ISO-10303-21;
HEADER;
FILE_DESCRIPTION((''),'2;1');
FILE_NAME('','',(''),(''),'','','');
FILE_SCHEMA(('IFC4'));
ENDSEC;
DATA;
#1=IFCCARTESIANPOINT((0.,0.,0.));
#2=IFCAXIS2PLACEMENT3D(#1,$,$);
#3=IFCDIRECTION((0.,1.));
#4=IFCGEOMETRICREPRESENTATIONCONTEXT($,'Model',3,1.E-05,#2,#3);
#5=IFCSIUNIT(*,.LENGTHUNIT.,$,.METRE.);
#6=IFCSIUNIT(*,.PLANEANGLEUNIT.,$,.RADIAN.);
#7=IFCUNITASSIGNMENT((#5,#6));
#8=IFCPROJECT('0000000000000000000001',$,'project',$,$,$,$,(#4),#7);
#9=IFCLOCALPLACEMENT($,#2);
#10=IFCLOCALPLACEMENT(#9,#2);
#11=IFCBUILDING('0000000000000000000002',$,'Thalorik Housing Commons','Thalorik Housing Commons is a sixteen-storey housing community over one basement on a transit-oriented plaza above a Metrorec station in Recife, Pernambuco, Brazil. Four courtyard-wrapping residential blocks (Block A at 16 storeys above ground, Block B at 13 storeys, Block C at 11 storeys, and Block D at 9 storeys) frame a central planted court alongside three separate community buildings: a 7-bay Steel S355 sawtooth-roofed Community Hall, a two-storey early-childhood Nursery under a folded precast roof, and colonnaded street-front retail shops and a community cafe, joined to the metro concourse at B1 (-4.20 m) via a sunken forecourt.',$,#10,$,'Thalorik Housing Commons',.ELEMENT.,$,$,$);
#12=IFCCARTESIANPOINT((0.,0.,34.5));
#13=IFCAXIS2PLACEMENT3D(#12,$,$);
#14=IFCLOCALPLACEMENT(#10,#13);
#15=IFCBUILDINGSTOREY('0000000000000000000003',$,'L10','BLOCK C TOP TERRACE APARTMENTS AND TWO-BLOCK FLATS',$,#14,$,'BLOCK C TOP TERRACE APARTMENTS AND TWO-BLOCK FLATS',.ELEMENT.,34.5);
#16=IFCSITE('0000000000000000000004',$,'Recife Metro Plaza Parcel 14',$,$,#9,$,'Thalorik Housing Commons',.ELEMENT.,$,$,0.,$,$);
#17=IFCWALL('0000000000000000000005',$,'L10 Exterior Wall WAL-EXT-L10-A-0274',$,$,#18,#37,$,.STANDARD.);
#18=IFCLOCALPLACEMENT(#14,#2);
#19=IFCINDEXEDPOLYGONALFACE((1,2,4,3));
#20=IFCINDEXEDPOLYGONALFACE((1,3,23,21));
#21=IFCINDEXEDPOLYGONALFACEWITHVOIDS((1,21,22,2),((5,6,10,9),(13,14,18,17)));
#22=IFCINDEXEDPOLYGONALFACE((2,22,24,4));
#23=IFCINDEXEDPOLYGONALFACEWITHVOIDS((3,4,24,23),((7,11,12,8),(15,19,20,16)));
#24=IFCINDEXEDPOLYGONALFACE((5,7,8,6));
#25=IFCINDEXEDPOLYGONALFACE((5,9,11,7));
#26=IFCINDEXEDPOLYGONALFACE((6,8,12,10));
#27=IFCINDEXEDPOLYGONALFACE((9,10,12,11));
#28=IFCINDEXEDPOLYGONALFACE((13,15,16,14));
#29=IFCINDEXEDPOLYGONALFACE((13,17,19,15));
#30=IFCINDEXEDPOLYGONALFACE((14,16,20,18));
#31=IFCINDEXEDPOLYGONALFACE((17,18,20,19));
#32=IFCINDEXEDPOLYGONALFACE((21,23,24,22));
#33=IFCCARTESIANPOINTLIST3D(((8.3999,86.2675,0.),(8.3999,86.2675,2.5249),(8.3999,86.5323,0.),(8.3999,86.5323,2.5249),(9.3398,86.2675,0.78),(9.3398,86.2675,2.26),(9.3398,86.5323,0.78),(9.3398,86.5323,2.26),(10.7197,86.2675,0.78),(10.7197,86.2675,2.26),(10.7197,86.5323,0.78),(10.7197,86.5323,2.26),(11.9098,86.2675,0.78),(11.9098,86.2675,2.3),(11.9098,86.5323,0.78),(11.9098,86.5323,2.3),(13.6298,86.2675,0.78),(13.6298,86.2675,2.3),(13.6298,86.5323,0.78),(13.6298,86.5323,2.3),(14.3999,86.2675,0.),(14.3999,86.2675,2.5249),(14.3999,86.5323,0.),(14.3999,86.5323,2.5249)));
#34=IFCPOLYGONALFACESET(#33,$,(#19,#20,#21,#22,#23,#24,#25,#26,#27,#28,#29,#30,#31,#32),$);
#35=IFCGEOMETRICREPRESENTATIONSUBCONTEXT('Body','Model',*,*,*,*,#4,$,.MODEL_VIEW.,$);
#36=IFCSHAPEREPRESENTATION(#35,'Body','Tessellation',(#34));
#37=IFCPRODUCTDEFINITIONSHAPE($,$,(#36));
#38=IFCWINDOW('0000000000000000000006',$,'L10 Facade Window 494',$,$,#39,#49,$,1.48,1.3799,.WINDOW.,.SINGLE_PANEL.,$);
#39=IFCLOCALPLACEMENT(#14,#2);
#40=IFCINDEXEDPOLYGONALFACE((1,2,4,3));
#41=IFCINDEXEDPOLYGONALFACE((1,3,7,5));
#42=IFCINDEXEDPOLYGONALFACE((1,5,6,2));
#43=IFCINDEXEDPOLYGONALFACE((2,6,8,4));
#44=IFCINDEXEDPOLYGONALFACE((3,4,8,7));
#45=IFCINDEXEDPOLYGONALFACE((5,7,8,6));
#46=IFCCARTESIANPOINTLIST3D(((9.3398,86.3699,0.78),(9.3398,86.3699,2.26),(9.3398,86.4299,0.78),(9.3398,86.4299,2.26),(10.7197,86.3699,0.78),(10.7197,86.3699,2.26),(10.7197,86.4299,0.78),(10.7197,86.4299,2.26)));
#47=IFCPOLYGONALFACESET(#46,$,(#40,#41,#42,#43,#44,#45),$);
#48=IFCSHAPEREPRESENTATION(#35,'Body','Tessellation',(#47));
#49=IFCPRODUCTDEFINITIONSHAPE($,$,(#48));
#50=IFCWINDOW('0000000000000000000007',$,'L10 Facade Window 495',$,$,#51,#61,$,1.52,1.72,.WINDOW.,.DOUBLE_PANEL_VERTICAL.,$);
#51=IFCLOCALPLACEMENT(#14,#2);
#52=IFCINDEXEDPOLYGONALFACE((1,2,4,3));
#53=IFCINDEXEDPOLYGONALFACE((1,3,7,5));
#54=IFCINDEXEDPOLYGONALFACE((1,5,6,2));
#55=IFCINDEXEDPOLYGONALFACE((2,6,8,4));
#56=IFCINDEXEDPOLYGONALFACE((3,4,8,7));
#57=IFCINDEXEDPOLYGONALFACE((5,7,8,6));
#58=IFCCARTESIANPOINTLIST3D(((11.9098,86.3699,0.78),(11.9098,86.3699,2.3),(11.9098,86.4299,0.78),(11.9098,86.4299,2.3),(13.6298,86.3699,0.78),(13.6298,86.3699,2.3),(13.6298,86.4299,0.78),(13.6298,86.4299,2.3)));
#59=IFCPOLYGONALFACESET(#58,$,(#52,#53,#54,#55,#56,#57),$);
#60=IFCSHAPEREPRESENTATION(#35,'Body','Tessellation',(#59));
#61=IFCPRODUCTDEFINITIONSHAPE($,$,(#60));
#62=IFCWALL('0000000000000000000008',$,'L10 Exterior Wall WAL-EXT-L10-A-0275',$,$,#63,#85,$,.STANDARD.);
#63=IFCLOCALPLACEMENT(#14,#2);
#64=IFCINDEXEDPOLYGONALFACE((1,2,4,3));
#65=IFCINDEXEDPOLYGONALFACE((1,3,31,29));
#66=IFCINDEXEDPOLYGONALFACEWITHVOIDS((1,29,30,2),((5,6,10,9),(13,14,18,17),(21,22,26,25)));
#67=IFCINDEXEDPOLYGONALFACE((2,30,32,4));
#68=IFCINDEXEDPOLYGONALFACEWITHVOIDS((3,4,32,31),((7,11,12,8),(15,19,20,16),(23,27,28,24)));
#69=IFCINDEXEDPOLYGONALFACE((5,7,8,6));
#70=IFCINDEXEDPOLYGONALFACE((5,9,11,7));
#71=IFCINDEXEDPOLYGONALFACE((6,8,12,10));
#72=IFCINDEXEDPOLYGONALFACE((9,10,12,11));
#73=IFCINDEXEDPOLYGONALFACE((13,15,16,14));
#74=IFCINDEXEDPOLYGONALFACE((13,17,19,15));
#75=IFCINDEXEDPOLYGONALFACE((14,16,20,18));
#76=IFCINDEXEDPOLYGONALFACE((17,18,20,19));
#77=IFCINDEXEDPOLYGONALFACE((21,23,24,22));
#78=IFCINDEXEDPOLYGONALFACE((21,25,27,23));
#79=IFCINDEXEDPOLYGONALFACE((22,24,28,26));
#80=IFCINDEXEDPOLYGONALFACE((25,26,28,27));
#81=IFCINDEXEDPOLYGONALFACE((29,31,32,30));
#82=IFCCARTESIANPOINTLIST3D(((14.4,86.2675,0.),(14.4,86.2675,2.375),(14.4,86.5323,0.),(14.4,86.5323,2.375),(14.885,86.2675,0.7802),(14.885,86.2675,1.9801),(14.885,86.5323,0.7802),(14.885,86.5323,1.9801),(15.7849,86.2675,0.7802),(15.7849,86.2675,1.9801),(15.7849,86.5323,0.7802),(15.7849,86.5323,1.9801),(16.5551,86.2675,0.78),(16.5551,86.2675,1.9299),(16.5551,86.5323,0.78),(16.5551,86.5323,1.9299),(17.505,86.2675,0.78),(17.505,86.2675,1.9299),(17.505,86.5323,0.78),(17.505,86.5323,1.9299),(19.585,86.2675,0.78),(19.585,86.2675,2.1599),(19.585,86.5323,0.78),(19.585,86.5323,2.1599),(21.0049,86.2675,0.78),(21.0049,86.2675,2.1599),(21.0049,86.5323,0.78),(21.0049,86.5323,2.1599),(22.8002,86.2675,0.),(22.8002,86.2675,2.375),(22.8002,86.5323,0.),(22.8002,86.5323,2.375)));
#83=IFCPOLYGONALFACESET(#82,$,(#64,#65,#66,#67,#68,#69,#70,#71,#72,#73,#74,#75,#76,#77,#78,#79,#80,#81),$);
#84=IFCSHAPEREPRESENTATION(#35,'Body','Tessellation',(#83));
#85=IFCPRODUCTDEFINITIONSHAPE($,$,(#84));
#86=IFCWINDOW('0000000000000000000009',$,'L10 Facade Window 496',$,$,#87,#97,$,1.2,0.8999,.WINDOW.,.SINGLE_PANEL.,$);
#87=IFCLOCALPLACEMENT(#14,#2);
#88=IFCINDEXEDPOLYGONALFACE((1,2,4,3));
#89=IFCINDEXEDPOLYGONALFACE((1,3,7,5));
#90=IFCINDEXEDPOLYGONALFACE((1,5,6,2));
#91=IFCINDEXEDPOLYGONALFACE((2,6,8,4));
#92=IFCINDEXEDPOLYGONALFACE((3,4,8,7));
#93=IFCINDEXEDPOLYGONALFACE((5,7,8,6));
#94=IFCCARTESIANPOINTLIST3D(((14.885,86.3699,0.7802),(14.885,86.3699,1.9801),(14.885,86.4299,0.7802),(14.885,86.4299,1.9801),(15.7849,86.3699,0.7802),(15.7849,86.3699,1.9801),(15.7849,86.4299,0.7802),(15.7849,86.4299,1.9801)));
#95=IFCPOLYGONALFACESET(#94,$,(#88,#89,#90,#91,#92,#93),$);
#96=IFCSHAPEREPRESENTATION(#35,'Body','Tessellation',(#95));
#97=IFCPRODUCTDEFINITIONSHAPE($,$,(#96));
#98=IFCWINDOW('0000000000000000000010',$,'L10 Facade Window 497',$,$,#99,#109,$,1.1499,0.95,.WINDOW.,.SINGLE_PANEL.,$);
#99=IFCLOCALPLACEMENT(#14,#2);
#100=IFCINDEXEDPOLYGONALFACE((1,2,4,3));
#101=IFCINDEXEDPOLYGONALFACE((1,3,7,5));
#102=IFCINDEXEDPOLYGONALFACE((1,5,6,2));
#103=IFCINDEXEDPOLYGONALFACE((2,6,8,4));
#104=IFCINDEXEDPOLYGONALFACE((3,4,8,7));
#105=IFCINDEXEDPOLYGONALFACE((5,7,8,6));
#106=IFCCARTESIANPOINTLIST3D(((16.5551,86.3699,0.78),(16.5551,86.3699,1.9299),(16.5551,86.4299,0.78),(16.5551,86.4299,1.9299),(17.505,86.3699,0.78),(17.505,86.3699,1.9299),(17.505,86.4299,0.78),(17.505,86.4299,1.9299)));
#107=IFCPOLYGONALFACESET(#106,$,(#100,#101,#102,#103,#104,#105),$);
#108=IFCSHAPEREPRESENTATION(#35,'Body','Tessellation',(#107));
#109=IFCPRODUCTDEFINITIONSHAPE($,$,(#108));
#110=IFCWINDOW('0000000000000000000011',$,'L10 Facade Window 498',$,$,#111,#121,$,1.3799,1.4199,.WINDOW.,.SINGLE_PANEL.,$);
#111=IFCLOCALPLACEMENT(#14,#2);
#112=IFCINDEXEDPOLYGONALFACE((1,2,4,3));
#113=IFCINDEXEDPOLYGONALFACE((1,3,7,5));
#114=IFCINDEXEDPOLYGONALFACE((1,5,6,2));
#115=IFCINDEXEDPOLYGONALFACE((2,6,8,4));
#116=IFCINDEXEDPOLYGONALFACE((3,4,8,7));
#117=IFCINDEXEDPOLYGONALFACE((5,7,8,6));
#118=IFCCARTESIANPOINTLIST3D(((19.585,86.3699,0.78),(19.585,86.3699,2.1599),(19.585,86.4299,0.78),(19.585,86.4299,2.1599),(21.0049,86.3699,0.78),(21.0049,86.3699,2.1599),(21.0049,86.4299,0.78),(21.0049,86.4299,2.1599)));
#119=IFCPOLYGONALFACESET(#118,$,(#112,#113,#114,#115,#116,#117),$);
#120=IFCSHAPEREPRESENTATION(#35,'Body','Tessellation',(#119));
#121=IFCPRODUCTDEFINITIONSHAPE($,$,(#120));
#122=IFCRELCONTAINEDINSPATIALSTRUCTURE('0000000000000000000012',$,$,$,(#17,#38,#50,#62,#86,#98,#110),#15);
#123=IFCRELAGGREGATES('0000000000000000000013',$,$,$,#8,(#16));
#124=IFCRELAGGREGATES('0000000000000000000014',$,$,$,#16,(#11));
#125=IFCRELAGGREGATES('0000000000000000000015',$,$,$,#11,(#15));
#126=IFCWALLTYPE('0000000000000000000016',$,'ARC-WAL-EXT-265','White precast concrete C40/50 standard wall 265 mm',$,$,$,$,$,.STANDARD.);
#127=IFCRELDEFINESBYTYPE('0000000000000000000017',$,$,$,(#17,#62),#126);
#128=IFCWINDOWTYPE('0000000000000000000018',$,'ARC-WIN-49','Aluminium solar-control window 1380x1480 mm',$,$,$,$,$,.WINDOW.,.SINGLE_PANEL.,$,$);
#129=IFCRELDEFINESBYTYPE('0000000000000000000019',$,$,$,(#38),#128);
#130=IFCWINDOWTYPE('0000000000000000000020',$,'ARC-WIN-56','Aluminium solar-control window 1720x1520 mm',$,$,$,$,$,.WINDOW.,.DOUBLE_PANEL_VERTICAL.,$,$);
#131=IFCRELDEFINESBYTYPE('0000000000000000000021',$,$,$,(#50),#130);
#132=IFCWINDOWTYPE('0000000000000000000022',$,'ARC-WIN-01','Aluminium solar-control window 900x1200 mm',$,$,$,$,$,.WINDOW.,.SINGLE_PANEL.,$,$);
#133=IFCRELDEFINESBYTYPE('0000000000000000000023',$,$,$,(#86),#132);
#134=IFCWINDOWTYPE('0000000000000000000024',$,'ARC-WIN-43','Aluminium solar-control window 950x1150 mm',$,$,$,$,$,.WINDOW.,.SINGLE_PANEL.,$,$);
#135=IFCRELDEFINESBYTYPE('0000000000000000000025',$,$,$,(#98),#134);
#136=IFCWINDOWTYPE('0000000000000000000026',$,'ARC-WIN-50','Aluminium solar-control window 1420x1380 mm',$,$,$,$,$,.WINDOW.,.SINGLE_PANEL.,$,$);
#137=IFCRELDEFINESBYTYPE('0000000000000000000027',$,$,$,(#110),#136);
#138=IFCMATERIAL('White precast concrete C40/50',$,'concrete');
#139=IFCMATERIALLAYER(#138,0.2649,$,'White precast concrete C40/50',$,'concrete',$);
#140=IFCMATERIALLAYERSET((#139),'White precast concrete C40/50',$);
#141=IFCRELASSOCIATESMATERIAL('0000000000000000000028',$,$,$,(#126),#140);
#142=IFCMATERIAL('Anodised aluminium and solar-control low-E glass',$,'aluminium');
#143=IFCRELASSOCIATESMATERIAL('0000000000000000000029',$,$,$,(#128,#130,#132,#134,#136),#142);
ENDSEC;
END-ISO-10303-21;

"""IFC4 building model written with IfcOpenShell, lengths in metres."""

from ifc_helpers import new_model, si_unit, direction, frame, frame_2d, origin, place, context, subcontext, project, spatial, rectangle, extrude, material, layer, layer_set, type_object, element, fill, save


model = new_model("IFC4")

# Units and contexts
model_context = context("Model", 3, precision=1e-05, world=origin(), true_north=direction((0.0, 1.0)))
body_context = subcontext(model_context, "Body", "Model", "MODEL_VIEW")
ifc_project = project(units=[si_unit("LENGTHUNIT", "METRE"), si_unit("PLANEANGLEUNIT", "RADIAN")], contexts=[model_context])

# Site, building, storey
site_placement = place(None, origin())
site = spatial("IfcSite", under=ifc_project, at=site_placement, Name="Recife Metro Plaza Parcel 14", LongName="Thalorik Housing Commons", CompositionType="ELEMENT", RefElevation=0.0)
building_placement = place(site_placement, origin())
building = spatial("IfcBuilding", under=site, at=building_placement, Name="Thalorik Housing Commons", Description="Thalorik Housing Commons is a sixteen-storey housing community over one basement on a transit-oriented plaza above a Metrorec station in Recife, Pernambuco, Brazil. Four courtyard-wrapping residential blocks (Block A at 16 storeys above ground, Block B at 13 storeys, Block C at 11 storeys, and Block D at 9 storeys) frame a central planted court alongside three separate community buildings: a 7-bay Steel S355 sawtooth-roofed Community Hall, a two-storey early-childhood Nursery under a folded precast roof, and colonnaded street-front retail shops and a community cafe, joined to the metro concourse at B1 (-4.20 m) via a sunken forecourt.", LongName="Thalorik Housing Commons", CompositionType="ELEMENT")
storey_placement = place(building_placement, frame((0.0, 0.0, 34.5)))
storey = spatial("IfcBuildingStorey", under=building, at=storey_placement, Name="L10", Description="BLOCK C TOP TERRACE APARTMENTS AND TWO-BLOCK FLATS", LongName="BLOCK C TOP TERRACE APARTMENTS AND TWO-BLOCK FLATS", CompositionType="ELEMENT", Elevation=34.5)

# Walls, openings, windows
ifc_material_1 = material(Name="White precast concrete C40/50", Category="concrete")
ifc_layer_1 = layer(ifc_material_1, 0.2649, Name="White precast concrete C40/50", Category="concrete")
ifc_layer_set_1 = layer_set([ifc_layer_1], Name="White precast concrete C40/50")
wall_type_1 = type_object("IfcWallType", Name="ARC-WAL-EXT-265", Description="White precast concrete C40/50 standard wall 265 mm", PredefinedType="STANDARD", material=ifc_layer_set_1)
wall_1_placement = place(storey_placement, frame((8.3999, 86.3999, 0.0), z_axis=(0.0, 0.0, 1.0), x_axis=(1.0, 0.0, 0.0)))
wall_1 = element("IfcWall", 1, at=wall_1_placement, inside=storey, type_object=wall_type_1, Name="L10 Exterior Wall WAL-EXT-L10-A-0274", PredefinedType="STANDARD", context=body_context, shape_type="SweptSolid", body=[
    extrude(rectangle(XDim=6.0, YDim=0.2649, at=frame_2d((3.0, 0.0))), origin(), (0.0, 0.0, 1.0), 2.5249),
])
opening_1_placement = place(wall_1_placement, frame((0.9399, 0.0, 0.78)))
opening_1 = element("IfcOpeningElement", 2, at=opening_1_placement, cuts=wall_1, PredefinedType="OPENING", context=body_context, shape_type="SweptSolid", body=[
    extrude(rectangle(XDim=1.3799, YDim=1.48, at=frame_2d((0.6899, 0.74))), frame((0.0, 0.1426, 0.0), z_axis=(0.0, -1.0, 0.0), x_axis=(1.0, 0.0, 0.0)), (0.0, 0.0, 1.0), 0.2849),
])
opening_2_placement = place(wall_1_placement, frame((3.51, 0.0, 0.78)))
opening_2 = element("IfcOpeningElement", 3, at=opening_2_placement, cuts=wall_1, PredefinedType="OPENING", context=body_context, shape_type="SweptSolid", body=[
    extrude(rectangle(XDim=1.72, YDim=1.52, at=frame_2d((0.8599, 0.76))), frame((0.0, 0.1426, 0.0), z_axis=(0.0, -1.0, 0.0), x_axis=(1.0, 0.0, 0.0)), (0.0, 0.0, 1.0), 0.2849),
])
ifc_material_2 = material(Name="Anodised aluminium and solar-control low-E glass", Category="aluminium")
window_type_1 = type_object("IfcWindowType", Name="ARC-WIN-49", Description="Aluminium solar-control window 1380x1480 mm", PartitioningType="SINGLE_PANEL", PredefinedType="WINDOW", material=ifc_material_2)
window_1_placement = place(opening_1_placement, origin())
window_1 = element("IfcWindow", 4, at=window_1_placement, inside=storey, type_object=window_type_1, Name="L10 Facade Window 494", OverallHeight=1.48, OverallWidth=1.3799, PartitioningType="SINGLE_PANEL", PredefinedType="WINDOW", context=body_context, shape_type="SweptSolid", body=[
    extrude(rectangle(XDim=1.3799, YDim=1.48, at=frame_2d((0.6899, 0.74))), frame((0.0, 0.03, 0.0), z_axis=(0.0, -1.0, 0.0), x_axis=(1.0, 0.0, 0.0)), (0.0, 0.0, 1.0), 0.0601),
])
fill(opening_1, window_1)
window_type_2 = type_object("IfcWindowType", Name="ARC-WIN-56", Description="Aluminium solar-control window 1720x1520 mm", PartitioningType="DOUBLE_PANEL_VERTICAL", PredefinedType="WINDOW", material=ifc_material_2)
window_2_placement = place(opening_2_placement, origin())
window_2 = element("IfcWindow", 5, at=window_2_placement, inside=storey, type_object=window_type_2, Name="L10 Facade Window 495", OverallHeight=1.52, OverallWidth=1.72, PartitioningType="DOUBLE_PANEL_VERTICAL", PredefinedType="WINDOW", context=body_context, shape_type="SweptSolid", body=[
    extrude(rectangle(XDim=1.72, YDim=1.52, at=frame_2d((0.8599, 0.76))), frame((0.0, 0.03, 0.0), z_axis=(0.0, -1.0, 0.0), x_axis=(1.0, 0.0, 0.0)), (0.0, 0.0, 1.0), 0.0601),
])
fill(opening_2, window_2)
wall_2_placement = place(storey_placement, frame((14.3999, 86.3999, 0.0), z_axis=(0.0, 0.0, 1.0), x_axis=(1.0, 0.0, 0.0)))
wall_2 = element("IfcWall", 6, at=wall_2_placement, inside=storey, type_object=wall_type_1, Name="L10 Exterior Wall WAL-EXT-L10-A-0275", PredefinedType="STANDARD", context=body_context, shape_type="SweptSolid", body=[
    extrude(rectangle(XDim=8.4001, YDim=0.2649, at=frame_2d((4.2002, 0.0))), origin(), (0.0, 0.0, 1.0), 2.375),
])
opening_3_placement = place(wall_2_placement, frame((0.4851, 0.0, 0.78)))
opening_3 = element("IfcOpeningElement", 7, at=opening_3_placement, cuts=wall_2, PredefinedType="OPENING", context=body_context, shape_type="SweptSolid", body=[
    extrude(rectangle(XDim=0.8999, YDim=1.2, at=frame_2d((0.45, 0.6001))), frame((0.0, 0.1426, 0.0), z_axis=(0.0, -1.0, 0.0), x_axis=(1.0, 0.0, 0.0)), (0.0, 0.0, 1.0), 0.2849),
])
opening_4_placement = place(wall_2_placement, frame((2.155, 0.0, 0.78)))
opening_4 = element("IfcOpeningElement", 8, at=opening_4_placement, cuts=wall_2, PredefinedType="OPENING", context=body_context, shape_type="SweptSolid", body=[
    extrude(rectangle(XDim=0.95, YDim=1.1499, at=frame_2d((0.4751, 0.575))), frame((0.0, 0.1426, 0.0), z_axis=(0.0, -1.0, 0.0), x_axis=(1.0, 0.0, 0.0)), (0.0, 0.0, 1.0), 0.2849),
])
opening_5_placement = place(wall_2_placement, frame((5.1851, 0.0, 0.78)))
opening_5 = element("IfcOpeningElement", 9, at=opening_5_placement, cuts=wall_2, PredefinedType="OPENING", context=body_context, shape_type="SweptSolid", body=[
    extrude(rectangle(XDim=1.4199, YDim=1.3799, at=frame_2d((0.71, 0.6899))), frame((0.0, 0.1426, 0.0), z_axis=(0.0, -1.0, 0.0), x_axis=(1.0, 0.0, 0.0)), (0.0, 0.0, 1.0), 0.2849),
])
window_type_3 = type_object("IfcWindowType", Name="ARC-WIN-01", Description="Aluminium solar-control window 900x1200 mm", PartitioningType="SINGLE_PANEL", PredefinedType="WINDOW", material=ifc_material_2)
window_3_placement = place(opening_3_placement, origin())
window_3 = element("IfcWindow", 10, at=window_3_placement, inside=storey, type_object=window_type_3, Name="L10 Facade Window 496", OverallHeight=1.2, OverallWidth=0.8999, PartitioningType="SINGLE_PANEL", PredefinedType="WINDOW", context=body_context, shape_type="SweptSolid", body=[
    extrude(rectangle(XDim=0.8999, YDim=1.2, at=frame_2d((0.45, 0.6001))), frame((0.0, 0.03, 0.0), z_axis=(0.0, -1.0, 0.0), x_axis=(1.0, 0.0, 0.0)), (0.0, 0.0, 1.0), 0.0601),
])
fill(opening_3, window_3)
window_type_4 = type_object("IfcWindowType", Name="ARC-WIN-43", Description="Aluminium solar-control window 950x1150 mm", PartitioningType="SINGLE_PANEL", PredefinedType="WINDOW", material=ifc_material_2)
window_4_placement = place(opening_4_placement, origin())
window_4 = element("IfcWindow", 11, at=window_4_placement, inside=storey, type_object=window_type_4, Name="L10 Facade Window 497", OverallHeight=1.1499, OverallWidth=0.95, PartitioningType="SINGLE_PANEL", PredefinedType="WINDOW", context=body_context, shape_type="SweptSolid", body=[
    extrude(rectangle(XDim=0.95, YDim=1.1499, at=frame_2d((0.4751, 0.575))), frame((0.0, 0.03, 0.0), z_axis=(0.0, -1.0, 0.0), x_axis=(1.0, 0.0, 0.0)), (0.0, 0.0, 1.0), 0.0601),
])
fill(opening_4, window_4)
window_type_5 = type_object("IfcWindowType", Name="ARC-WIN-50", Description="Aluminium solar-control window 1420x1380 mm", PartitioningType="SINGLE_PANEL", PredefinedType="WINDOW", material=ifc_material_2)
window_5_placement = place(opening_5_placement, origin())
window_5 = element("IfcWindow", 12, at=window_5_placement, inside=storey, type_object=window_type_5, Name="L10 Facade Window 498", OverallHeight=1.3799, OverallWidth=1.4199, PartitioningType="SINGLE_PANEL", PredefinedType="WINDOW", context=body_context, shape_type="SweptSolid", body=[
    extrude(rectangle(XDim=1.4199, YDim=1.3799, at=frame_2d((0.71, 0.6899))), frame((0.0, 0.03, 0.0), z_axis=(0.0, -1.0, 0.0), x_axis=(1.0, 0.0, 0.0)), (0.0, 0.0, 1.0), 0.0601),
])
fill(opening_5, window_5)

save(model, "model.ifc")
